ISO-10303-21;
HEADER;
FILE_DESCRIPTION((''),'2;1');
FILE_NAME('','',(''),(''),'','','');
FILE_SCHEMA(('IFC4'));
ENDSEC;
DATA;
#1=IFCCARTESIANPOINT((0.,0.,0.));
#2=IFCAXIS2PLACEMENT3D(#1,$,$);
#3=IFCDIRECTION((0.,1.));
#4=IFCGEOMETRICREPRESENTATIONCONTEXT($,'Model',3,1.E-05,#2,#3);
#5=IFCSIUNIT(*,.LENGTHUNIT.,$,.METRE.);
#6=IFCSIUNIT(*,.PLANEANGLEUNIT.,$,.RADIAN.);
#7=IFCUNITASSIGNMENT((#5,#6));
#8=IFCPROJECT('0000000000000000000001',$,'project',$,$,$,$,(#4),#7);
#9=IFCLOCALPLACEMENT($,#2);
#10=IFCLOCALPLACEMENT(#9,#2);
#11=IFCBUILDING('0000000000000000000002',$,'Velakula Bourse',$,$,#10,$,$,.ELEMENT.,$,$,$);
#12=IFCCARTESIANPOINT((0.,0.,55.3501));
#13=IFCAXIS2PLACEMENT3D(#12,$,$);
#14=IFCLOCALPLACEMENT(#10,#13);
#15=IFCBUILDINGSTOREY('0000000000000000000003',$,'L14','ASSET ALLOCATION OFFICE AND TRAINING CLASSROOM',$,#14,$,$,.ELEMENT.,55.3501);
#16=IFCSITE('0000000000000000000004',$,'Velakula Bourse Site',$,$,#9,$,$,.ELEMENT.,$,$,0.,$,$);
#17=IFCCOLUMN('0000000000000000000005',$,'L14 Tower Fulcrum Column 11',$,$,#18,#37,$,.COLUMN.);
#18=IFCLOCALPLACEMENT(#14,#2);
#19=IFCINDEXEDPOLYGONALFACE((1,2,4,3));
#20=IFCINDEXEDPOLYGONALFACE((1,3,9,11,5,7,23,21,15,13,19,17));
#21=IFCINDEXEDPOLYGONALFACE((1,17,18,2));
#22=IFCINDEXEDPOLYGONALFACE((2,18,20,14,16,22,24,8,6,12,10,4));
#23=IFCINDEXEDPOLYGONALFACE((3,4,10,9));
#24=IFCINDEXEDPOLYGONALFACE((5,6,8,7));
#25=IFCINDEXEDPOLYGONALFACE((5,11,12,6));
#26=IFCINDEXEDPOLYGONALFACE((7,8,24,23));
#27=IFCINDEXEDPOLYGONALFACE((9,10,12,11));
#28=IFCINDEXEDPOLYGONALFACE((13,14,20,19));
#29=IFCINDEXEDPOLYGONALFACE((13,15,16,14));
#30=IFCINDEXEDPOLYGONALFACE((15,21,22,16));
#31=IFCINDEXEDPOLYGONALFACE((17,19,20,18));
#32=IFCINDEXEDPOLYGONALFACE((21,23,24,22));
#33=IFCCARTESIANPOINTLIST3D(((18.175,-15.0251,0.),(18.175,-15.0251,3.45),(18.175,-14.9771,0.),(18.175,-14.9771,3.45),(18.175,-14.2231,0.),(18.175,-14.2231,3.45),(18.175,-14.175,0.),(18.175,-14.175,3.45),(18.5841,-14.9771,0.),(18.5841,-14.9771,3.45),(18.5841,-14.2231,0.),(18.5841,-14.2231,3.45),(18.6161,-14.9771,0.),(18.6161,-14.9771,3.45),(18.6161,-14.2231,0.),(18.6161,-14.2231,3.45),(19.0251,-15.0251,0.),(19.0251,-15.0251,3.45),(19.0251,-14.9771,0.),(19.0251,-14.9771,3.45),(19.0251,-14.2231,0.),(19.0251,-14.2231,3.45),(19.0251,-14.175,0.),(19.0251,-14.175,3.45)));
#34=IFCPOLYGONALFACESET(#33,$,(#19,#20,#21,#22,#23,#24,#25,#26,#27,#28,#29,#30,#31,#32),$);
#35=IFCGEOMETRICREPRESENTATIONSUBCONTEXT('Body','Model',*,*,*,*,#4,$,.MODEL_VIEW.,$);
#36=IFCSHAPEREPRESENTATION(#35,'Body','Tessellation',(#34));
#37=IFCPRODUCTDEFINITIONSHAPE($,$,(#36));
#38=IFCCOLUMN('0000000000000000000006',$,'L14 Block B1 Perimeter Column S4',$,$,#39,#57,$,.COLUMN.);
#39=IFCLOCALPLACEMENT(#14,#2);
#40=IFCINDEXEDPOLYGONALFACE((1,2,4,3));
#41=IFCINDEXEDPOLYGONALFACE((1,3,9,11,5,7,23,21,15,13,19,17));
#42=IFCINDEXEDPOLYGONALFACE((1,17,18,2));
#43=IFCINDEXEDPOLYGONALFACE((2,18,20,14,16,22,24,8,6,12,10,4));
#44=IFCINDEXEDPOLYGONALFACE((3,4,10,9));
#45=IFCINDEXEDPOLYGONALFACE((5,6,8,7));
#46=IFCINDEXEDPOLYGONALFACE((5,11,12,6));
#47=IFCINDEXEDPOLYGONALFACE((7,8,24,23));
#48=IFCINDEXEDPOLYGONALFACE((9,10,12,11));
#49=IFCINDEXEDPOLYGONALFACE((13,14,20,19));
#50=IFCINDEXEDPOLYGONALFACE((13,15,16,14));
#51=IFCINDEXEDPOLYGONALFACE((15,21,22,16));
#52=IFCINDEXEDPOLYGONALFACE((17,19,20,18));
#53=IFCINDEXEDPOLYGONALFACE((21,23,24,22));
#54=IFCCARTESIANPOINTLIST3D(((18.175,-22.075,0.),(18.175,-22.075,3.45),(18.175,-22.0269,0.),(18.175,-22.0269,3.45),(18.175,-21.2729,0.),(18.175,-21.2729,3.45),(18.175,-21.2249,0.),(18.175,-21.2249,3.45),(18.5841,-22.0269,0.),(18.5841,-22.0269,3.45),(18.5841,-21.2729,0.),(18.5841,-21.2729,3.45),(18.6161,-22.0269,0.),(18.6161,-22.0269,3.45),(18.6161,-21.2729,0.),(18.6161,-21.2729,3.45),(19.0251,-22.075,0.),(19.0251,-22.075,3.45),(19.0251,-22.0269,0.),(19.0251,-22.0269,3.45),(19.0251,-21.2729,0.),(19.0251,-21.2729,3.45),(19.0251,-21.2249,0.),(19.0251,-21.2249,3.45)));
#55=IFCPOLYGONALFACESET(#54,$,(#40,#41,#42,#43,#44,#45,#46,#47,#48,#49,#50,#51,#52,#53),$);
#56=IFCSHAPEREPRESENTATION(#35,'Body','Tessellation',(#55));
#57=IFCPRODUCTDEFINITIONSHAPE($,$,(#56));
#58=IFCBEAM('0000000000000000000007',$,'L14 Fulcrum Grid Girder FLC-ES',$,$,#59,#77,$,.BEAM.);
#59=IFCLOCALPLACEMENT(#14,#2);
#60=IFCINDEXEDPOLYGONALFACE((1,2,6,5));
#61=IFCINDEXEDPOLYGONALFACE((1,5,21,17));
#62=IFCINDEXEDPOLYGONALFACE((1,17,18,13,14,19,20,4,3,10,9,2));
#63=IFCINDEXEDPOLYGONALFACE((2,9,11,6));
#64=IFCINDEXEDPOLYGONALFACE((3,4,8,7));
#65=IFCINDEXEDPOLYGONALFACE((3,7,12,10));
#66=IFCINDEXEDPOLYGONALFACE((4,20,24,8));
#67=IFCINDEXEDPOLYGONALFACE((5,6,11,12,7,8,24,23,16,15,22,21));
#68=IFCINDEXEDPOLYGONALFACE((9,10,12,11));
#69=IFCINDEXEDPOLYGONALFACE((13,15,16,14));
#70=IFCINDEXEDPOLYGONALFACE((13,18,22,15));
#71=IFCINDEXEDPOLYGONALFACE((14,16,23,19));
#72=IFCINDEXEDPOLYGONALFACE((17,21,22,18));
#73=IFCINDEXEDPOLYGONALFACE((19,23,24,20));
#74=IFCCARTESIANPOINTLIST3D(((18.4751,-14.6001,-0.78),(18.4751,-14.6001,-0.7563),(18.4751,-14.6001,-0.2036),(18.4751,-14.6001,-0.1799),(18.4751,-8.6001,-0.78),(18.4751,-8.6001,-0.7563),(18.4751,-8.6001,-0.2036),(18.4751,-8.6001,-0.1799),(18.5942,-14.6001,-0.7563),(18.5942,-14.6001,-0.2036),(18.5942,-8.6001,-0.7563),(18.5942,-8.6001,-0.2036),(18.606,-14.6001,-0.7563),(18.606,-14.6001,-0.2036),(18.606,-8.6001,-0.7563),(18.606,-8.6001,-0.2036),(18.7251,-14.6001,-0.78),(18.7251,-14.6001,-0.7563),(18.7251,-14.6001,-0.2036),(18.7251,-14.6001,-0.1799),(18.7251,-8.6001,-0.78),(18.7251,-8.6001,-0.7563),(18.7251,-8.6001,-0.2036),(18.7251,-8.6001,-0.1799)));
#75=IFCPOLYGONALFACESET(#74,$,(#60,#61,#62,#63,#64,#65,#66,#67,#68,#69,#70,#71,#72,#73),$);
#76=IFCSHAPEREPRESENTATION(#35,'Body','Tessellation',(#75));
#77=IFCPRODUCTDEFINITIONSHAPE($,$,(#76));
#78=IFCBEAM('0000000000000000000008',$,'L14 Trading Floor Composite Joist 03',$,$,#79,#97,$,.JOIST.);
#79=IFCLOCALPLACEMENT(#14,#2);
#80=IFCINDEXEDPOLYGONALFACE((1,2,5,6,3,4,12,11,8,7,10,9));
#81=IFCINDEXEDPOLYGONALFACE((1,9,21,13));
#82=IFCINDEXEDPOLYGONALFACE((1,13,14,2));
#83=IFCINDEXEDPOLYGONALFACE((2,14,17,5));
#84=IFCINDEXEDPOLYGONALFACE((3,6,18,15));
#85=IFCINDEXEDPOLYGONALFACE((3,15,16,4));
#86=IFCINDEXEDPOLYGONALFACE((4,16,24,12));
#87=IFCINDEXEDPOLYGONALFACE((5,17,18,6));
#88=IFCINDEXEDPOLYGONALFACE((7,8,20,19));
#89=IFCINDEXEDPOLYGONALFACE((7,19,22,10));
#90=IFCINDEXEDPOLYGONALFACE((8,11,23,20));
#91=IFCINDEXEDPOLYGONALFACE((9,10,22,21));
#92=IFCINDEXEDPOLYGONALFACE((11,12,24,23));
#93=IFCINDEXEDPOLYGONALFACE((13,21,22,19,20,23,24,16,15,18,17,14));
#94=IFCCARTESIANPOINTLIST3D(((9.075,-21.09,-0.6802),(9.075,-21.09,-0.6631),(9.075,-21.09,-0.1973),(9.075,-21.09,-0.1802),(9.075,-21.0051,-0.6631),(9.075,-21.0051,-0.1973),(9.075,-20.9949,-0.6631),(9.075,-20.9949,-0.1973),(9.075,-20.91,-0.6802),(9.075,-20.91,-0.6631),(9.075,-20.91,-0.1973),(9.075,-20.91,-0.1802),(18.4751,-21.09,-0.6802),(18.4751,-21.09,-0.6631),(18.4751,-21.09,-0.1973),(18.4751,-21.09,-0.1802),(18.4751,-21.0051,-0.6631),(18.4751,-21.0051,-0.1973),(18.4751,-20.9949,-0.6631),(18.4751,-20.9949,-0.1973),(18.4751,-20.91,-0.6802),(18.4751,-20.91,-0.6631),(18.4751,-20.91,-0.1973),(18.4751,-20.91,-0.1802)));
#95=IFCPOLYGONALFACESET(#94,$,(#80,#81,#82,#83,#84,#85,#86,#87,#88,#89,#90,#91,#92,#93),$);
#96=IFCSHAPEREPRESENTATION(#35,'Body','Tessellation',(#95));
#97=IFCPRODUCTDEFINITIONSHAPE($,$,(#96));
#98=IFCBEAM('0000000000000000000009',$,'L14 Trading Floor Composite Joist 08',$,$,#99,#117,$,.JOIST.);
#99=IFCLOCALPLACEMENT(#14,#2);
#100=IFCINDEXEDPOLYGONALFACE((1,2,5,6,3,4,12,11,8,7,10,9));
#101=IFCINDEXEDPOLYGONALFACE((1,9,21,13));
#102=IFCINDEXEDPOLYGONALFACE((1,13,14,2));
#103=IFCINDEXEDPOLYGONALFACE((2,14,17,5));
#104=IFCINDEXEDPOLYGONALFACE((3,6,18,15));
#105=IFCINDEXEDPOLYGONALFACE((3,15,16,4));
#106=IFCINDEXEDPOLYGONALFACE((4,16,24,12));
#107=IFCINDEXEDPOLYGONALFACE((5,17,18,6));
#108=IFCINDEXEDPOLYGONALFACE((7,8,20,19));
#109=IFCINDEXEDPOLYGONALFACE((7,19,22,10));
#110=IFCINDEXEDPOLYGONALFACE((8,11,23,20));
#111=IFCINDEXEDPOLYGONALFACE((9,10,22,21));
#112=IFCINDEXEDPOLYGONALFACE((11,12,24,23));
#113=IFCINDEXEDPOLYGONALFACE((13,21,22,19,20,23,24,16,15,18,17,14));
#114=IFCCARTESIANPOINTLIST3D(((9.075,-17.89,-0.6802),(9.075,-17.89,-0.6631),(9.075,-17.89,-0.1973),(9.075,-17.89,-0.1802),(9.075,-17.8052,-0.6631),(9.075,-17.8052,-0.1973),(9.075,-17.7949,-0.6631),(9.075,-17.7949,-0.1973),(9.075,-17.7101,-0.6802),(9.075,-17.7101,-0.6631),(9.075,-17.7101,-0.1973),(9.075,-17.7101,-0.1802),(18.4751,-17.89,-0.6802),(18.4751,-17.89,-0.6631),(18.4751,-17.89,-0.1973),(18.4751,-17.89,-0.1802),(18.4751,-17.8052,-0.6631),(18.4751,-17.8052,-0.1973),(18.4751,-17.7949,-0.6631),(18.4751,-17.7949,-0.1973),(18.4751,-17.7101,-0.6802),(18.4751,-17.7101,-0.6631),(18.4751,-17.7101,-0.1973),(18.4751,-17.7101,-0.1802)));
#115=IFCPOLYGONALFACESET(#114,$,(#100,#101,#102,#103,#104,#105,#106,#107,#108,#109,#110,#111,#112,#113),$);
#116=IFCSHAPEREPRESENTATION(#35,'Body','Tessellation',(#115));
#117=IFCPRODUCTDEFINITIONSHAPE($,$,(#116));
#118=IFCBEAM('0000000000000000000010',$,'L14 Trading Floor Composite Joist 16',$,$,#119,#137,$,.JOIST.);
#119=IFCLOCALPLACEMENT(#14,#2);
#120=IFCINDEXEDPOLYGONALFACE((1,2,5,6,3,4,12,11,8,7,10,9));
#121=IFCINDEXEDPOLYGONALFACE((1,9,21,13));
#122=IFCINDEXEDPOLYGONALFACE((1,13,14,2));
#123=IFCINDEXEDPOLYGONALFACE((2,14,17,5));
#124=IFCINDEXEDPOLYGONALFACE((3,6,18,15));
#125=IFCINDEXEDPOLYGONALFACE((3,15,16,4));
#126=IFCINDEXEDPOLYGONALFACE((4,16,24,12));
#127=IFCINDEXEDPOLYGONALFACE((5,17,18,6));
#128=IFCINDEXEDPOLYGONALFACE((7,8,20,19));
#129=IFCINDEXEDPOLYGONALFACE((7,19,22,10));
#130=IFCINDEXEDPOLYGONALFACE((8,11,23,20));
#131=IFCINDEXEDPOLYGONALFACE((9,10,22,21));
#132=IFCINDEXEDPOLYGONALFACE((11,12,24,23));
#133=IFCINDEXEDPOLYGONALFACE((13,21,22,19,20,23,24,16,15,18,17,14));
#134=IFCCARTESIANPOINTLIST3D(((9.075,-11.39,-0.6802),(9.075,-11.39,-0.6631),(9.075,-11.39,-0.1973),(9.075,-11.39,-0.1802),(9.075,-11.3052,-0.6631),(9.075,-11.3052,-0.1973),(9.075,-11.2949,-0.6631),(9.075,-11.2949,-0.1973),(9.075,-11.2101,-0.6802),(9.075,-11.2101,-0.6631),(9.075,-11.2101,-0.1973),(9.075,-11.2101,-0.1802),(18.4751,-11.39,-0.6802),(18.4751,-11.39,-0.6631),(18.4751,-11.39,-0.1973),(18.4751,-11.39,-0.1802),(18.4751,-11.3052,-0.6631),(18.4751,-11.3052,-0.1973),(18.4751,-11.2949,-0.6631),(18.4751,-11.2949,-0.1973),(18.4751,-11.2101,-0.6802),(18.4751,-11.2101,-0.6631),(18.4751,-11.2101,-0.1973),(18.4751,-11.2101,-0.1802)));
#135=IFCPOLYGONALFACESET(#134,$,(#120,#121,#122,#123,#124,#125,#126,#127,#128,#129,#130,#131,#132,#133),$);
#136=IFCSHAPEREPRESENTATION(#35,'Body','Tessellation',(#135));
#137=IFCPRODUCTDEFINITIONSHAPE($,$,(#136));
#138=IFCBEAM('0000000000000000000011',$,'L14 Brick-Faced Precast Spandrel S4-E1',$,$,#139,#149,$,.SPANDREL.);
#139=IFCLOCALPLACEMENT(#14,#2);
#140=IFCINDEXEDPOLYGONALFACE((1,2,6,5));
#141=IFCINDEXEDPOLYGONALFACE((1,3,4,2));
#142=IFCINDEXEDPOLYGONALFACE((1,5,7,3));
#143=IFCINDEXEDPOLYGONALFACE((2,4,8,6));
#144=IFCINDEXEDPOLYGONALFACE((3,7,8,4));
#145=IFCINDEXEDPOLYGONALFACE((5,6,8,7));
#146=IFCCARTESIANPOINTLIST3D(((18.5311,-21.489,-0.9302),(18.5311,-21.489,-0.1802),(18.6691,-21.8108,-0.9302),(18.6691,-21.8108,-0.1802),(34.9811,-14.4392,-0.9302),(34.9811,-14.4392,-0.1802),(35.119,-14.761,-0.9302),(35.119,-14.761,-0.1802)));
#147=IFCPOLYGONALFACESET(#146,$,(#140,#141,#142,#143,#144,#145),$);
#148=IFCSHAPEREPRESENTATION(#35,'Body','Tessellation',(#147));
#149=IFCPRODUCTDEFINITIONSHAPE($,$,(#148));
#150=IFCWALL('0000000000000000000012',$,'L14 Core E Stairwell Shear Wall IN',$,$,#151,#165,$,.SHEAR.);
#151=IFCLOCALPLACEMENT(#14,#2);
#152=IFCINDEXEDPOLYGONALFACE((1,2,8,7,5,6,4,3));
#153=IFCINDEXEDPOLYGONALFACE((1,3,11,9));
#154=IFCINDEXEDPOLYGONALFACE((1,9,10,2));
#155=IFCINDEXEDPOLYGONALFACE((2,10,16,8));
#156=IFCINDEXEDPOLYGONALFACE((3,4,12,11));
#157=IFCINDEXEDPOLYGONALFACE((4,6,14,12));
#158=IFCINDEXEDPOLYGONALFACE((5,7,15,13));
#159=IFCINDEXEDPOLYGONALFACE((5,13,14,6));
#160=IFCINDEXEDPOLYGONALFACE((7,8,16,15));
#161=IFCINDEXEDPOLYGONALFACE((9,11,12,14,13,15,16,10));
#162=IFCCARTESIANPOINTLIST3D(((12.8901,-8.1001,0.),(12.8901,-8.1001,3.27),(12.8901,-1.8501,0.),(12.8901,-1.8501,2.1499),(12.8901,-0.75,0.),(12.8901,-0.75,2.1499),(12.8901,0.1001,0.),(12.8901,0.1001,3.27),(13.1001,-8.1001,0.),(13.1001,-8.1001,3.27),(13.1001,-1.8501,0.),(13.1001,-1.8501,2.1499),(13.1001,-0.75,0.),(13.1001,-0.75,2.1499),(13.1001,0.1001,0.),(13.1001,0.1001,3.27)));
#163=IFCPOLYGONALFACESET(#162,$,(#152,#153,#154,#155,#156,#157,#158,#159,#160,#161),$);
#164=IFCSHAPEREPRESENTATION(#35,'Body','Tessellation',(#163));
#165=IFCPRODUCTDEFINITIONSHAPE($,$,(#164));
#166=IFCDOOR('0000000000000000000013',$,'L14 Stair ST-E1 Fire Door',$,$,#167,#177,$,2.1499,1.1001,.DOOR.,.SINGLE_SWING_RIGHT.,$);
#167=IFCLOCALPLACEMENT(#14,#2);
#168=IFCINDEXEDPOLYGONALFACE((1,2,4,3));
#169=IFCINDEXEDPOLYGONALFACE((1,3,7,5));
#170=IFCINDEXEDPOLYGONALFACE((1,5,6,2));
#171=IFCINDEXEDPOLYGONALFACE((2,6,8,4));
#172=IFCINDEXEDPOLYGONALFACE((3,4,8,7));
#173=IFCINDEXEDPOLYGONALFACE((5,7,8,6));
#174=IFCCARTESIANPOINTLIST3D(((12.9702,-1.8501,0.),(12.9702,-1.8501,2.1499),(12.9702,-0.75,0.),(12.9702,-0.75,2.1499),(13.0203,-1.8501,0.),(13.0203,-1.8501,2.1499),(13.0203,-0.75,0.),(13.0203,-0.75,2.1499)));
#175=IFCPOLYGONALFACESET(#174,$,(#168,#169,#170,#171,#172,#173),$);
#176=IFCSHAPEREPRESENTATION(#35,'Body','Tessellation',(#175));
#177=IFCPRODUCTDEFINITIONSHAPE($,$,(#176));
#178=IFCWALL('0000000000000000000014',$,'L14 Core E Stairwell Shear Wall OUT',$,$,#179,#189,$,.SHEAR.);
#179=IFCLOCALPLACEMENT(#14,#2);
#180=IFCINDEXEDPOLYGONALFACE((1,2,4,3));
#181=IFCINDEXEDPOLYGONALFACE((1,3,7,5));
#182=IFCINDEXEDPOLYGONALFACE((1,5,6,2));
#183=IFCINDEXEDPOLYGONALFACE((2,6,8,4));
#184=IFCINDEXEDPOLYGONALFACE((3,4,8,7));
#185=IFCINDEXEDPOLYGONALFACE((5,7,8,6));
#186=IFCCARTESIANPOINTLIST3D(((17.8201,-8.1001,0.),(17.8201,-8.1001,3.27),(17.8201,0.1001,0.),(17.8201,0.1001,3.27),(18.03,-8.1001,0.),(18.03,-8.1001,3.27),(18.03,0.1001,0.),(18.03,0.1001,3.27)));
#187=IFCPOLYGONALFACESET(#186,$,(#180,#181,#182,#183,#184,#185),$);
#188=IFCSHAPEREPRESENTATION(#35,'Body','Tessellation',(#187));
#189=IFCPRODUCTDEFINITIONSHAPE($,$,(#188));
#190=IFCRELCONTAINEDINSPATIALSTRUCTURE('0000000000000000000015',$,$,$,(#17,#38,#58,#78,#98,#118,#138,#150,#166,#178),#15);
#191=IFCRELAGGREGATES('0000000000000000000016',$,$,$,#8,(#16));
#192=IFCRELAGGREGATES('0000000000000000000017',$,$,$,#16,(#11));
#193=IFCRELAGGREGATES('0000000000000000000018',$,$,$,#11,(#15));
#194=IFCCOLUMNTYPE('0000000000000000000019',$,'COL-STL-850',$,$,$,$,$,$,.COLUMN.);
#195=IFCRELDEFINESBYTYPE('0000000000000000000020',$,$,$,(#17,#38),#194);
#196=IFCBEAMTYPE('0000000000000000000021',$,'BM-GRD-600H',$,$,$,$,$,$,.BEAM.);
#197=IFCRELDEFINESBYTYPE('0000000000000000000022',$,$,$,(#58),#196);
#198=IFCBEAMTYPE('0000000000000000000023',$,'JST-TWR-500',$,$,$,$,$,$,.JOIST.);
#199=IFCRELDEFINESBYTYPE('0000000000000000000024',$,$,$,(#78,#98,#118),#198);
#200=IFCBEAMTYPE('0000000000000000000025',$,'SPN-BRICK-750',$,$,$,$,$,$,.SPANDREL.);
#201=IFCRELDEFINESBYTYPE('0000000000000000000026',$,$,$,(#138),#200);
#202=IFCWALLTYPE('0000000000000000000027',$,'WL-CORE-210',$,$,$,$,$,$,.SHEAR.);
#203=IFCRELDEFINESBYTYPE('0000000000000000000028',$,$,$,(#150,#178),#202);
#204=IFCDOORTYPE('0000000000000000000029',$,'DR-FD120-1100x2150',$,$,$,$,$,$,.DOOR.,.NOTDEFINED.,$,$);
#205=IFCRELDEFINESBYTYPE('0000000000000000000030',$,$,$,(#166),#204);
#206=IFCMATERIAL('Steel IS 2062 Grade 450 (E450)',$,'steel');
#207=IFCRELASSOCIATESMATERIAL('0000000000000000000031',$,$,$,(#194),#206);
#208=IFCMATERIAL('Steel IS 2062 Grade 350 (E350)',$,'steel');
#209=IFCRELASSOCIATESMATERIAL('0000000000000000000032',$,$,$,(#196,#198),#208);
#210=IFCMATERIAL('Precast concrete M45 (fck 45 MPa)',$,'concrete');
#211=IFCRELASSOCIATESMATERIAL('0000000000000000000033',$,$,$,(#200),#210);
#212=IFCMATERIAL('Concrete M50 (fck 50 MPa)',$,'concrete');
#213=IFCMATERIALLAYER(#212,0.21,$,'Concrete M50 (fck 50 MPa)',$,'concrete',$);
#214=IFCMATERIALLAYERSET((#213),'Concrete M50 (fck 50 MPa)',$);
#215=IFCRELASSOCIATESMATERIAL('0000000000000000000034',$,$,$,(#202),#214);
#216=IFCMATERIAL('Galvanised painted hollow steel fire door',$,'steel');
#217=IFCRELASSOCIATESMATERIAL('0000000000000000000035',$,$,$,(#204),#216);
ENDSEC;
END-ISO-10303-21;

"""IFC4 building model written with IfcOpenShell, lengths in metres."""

from ifc_helpers import new_model, si_unit, direction, frame, frame_2d, origin, origin_2d, place, context, subcontext, project, spatial, rectangle, i_section, extrude, material, layer, layer_set, material_profile, profile_set, type_object, element, fill, save


model = new_model("IFC4")

# Units and contexts
model_context = context("Model", 3, precision=1e-05, world=origin(), true_north=direction((0.0, 1.0)))
body_context = subcontext(model_context, "Body", "Model", "MODEL_VIEW")
ifc_project = project(units=[si_unit("LENGTHUNIT", "METRE"), si_unit("PLANEANGLEUNIT", "RADIAN")], contexts=[model_context])

# Site, building, storey
site_placement = place(None, origin())
site = spatial("IfcSite", under=ifc_project, at=site_placement, Name="Velakula Bourse Site", CompositionType="ELEMENT", RefElevation=0.0)
building_placement = place(site_placement, origin())
building = spatial("IfcBuilding", under=site, at=building_placement, Name="Velakula Bourse", CompositionType="ELEMENT")
storey_placement = place(building_placement, frame((0.0, 0.0, 55.3501)))
storey = spatial("IfcBuildingStorey", under=building, at=storey_placement, Name="L14", Description="ASSET ALLOCATION OFFICE AND TRAINING CLASSROOM", CompositionType="ELEMENT", Elevation=55.3501)

# Columns
ifc_material_1 = material(Name="Steel IS 2062 Grade 450 (E450)", Category="steel")
ifc_material_profile_1 = material_profile(ifc_material_1, i_section(OverallWidth=0.8501, OverallDepth=0.8501, WebThickness=0.032, FlangeThickness=0.0481, at=origin_2d()), Name="Steel IS 2062 Grade 450 (E450)")
ifc_profile_set_1 = profile_set([ifc_material_profile_1], Name="Steel IS 2062 Grade 450 (E450)")
column_type = type_object("IfcColumnType", Name="COL-STL-850", PredefinedType="COLUMN", material=ifc_profile_set_1)
for number, where, z_axis, x_axis, name in (
    (1, (18.6001, -14.6001, 0.0), (0.0, 0.0, 1.0), (1.0, 0.0, 0.0), "L14 Tower Fulcrum Column 11"),
    (2, (18.6001, -21.6499, 0.0), (0.0, 0.0, 1.0), (1.0, 0.0, 0.0), "L14 Block B1 Perimeter Column S4"),
):
    element("IfcColumn", number, at=place(storey_placement, frame(where, z_axis=z_axis, x_axis=x_axis)), inside=storey, type_object=column_type, Name=name, PredefinedType="COLUMN", context=body_context, shape_type="SweptSolid", body=[
        extrude(i_section(OverallWidth=0.8501, OverallDepth=0.8501, WebThickness=0.032, FlangeThickness=0.0481, at=origin_2d()), origin(), (0.0, 0.0, 1.0), 3.45),
    ])

# Beams
ifc_material_2 = material(Name="Steel IS 2062 Grade 350 (E350)", Category="steel")
ifc_material_profile_2 = material_profile(ifc_material_2, i_section(OverallWidth=0.25, OverallDepth=0.6001, WebThickness=0.0117, FlangeThickness=0.0237, at=origin_2d()), Name="Steel IS 2062 Grade 350 (E350)")
ifc_profile_set_2 = profile_set([ifc_material_profile_2], Name="Steel IS 2062 Grade 350 (E350)")
beam_type_1 = type_object("IfcBeamType", Name="BM-GRD-600H", PredefinedType="BEAM", material=ifc_profile_set_2)
beam_1_placement = place(storey_placement, frame((18.6001, -14.6001, -0.48), z_axis=(0.0, 1.0, 0.0), x_axis=(-1.0, 0.0, 0.0)))
element("IfcBeam", 3, at=beam_1_placement, inside=storey, type_object=beam_type_1, Name="L14 Fulcrum Grid Girder FLC-ES", PredefinedType="BEAM", context=body_context, shape_type="SweptSolid", body=[
    extrude(i_section(OverallWidth=0.25, OverallDepth=0.6001, WebThickness=0.0117, FlangeThickness=0.0237, at=origin_2d()), origin(), (0.0, 0.0, 1.0), 6.0),
])
ifc_material_profile_3 = material_profile(ifc_material_2, i_section(OverallWidth=0.1799, OverallDepth=0.5, WebThickness=0.0103, FlangeThickness=0.0171, at=origin_2d()), Name="Steel IS 2062 Grade 350 (E350)")
ifc_profile_set_3 = profile_set([ifc_material_profile_3], Name="Steel IS 2062 Grade 350 (E350)")
beam_type_2 = type_object("IfcBeamType", Name="JST-TWR-500", PredefinedType="JOIST", material=ifc_profile_set_3)
for number, where, z_axis, x_axis, name in (
    (4, (9.075, -21.0, -0.4302), (1.0, 0.0, 0.0), (0.0, 1.0, 0.0), "L14 Trading Floor Composite Joist 03"),
    (5, (9.075, -17.8, -0.4302), (1.0, 0.0, 0.0), (0.0, 1.0, 0.0), "L14 Trading Floor Composite Joist 08"),
    (6, (9.075, -11.3, -0.4302), (1.0, 0.0, 0.0), (0.0, 1.0, 0.0), "L14 Trading Floor Composite Joist 16"),
):
    element("IfcBeam", number, at=place(storey_placement, frame(where, z_axis=z_axis, x_axis=x_axis)), inside=storey, type_object=beam_type_2, Name=name, PredefinedType="JOIST", context=body_context, shape_type="SweptSolid", body=[
        extrude(i_section(OverallWidth=0.1799, OverallDepth=0.5, WebThickness=0.0103, FlangeThickness=0.0171, at=origin_2d()), origin(), (0.0, 0.0, 1.0), 9.4001),
    ])
ifc_material_3 = material(Name="Precast concrete M45 (fck 45 MPa)", Category="concrete")
ifc_material_profile_4 = material_profile(ifc_material_3, rectangle(XDim=0.3501, YDim=0.75, at=origin_2d()), Name="Precast concrete M45 (fck 45 MPa)")
ifc_profile_set_4 = profile_set([ifc_material_profile_4], Name="Precast concrete M45 (fck 45 MPa)")
beam_type_3 = type_object("IfcBeamType", Name="SPN-BRICK-750", PredefinedType="SPANDREL", material=ifc_profile_set_4)
beam_2_placement = place(storey_placement, frame((18.6001, -21.6499, -0.5552), z_axis=(0.919149, 0.393911, 0.0), x_axis=(-0.393911, 0.919149, 0.0)))
element("IfcBeam", 7, at=beam_2_placement, inside=storey, type_object=beam_type_3, Name="L14 Brick-Faced Precast Spandrel S4-E1", PredefinedType="SPANDREL", context=body_context, shape_type="SweptSolid", body=[
    extrude(rectangle(XDim=0.3501, YDim=0.75, at=origin_2d()), origin(), (0.0, 0.0, 1.0), 17.897),
])

# Wall, opening, door
ifc_material_4 = material(Name="Concrete M50 (fck 50 MPa)", Category="concrete")
ifc_layer_1 = layer(ifc_material_4, 0.21, Name="Concrete M50 (fck 50 MPa)", Category="concrete")
ifc_layer_set_1 = layer_set([ifc_layer_1], Name="Concrete M50 (fck 50 MPa)")
wall_type_1 = type_object("IfcWallType", Name="WL-CORE-210", PredefinedType="SHEAR", material=ifc_layer_set_1)
wall_1_placement = place(storey_placement, frame((12.9951, -8.1001, 0.0), z_axis=(0.0, 0.0, 1.0), x_axis=(0.0, 1.0, 0.0)))
wall_1 = element("IfcWall", 8, at=wall_1_placement, inside=storey, type_object=wall_type_1, Name="L14 Core E Stairwell Shear Wall IN", PredefinedType="SHEAR", context=body_context, shape_type="SweptSolid", body=[
    extrude(rectangle(XDim=8.2002, YDim=0.21, at=frame_2d((4.1001, 0.0))), origin(), (0.0, 0.0, 1.0), 3.27),
])
opening_1_placement = place(wall_1_placement, frame((6.25, 0.0, 0.0)))
opening_1 = element("IfcOpeningElement", 9, at=opening_1_placement, cuts=wall_1, PredefinedType="OPENING", context=body_context, shape_type="SweptSolid", body=[
    extrude(rectangle(XDim=1.1001, YDim=2.1499, at=frame_2d((0.55, 1.075))), frame((0.0, 0.115, 0.0), z_axis=(0.0, -1.0, 0.0), x_axis=(1.0, 0.0, 0.0)), (0.0, 0.0, 1.0), 0.23),
])
ifc_material_5 = material(Name="Galvanised painted hollow steel fire door", Category="steel")
door_type_1 = type_object("IfcDoorType", Name="DR-FD120-1100x2150", OperationType="NOTDEFINED", PredefinedType="DOOR", material=ifc_material_5)
door_1_placement = place(opening_1_placement, origin())
door_1 = element("IfcDoor", 10, at=door_1_placement, inside=storey, type_object=door_type_1, Name="L14 Stair ST-E1 Fire Door", OperationType="SINGLE_SWING_RIGHT", OverallHeight=2.1499, OverallWidth=1.1001, PredefinedType="DOOR", context=body_context, shape_type="SweptSolid", body=[
    extrude(rectangle(XDim=1.1001, YDim=2.1499, at=frame_2d((0.55, 1.075))), frame((0.0, 0.0249, 0.0), z_axis=(0.0, -1.0, 0.0), x_axis=(1.0, 0.0, 0.0)), (0.0, 0.0, 1.0), 0.05),
])
fill(opening_1, door_1)

# Wall
wall_2_placement = place(storey_placement, frame((17.925, -8.1001, 0.0), z_axis=(0.0, 0.0, 1.0), x_axis=(0.0, 1.0, 0.0)))
element("IfcWall", 11, at=wall_2_placement, inside=storey, type_object=wall_type_1, Name="L14 Core E Stairwell Shear Wall OUT", PredefinedType="SHEAR", context=body_context, shape_type="SweptSolid", body=[
    extrude(rectangle(XDim=8.2002, YDim=0.21, at=frame_2d((4.1001, 0.0))), origin(), (0.0, 0.0, 1.0), 3.27),
])

save(model, "model.ifc")
